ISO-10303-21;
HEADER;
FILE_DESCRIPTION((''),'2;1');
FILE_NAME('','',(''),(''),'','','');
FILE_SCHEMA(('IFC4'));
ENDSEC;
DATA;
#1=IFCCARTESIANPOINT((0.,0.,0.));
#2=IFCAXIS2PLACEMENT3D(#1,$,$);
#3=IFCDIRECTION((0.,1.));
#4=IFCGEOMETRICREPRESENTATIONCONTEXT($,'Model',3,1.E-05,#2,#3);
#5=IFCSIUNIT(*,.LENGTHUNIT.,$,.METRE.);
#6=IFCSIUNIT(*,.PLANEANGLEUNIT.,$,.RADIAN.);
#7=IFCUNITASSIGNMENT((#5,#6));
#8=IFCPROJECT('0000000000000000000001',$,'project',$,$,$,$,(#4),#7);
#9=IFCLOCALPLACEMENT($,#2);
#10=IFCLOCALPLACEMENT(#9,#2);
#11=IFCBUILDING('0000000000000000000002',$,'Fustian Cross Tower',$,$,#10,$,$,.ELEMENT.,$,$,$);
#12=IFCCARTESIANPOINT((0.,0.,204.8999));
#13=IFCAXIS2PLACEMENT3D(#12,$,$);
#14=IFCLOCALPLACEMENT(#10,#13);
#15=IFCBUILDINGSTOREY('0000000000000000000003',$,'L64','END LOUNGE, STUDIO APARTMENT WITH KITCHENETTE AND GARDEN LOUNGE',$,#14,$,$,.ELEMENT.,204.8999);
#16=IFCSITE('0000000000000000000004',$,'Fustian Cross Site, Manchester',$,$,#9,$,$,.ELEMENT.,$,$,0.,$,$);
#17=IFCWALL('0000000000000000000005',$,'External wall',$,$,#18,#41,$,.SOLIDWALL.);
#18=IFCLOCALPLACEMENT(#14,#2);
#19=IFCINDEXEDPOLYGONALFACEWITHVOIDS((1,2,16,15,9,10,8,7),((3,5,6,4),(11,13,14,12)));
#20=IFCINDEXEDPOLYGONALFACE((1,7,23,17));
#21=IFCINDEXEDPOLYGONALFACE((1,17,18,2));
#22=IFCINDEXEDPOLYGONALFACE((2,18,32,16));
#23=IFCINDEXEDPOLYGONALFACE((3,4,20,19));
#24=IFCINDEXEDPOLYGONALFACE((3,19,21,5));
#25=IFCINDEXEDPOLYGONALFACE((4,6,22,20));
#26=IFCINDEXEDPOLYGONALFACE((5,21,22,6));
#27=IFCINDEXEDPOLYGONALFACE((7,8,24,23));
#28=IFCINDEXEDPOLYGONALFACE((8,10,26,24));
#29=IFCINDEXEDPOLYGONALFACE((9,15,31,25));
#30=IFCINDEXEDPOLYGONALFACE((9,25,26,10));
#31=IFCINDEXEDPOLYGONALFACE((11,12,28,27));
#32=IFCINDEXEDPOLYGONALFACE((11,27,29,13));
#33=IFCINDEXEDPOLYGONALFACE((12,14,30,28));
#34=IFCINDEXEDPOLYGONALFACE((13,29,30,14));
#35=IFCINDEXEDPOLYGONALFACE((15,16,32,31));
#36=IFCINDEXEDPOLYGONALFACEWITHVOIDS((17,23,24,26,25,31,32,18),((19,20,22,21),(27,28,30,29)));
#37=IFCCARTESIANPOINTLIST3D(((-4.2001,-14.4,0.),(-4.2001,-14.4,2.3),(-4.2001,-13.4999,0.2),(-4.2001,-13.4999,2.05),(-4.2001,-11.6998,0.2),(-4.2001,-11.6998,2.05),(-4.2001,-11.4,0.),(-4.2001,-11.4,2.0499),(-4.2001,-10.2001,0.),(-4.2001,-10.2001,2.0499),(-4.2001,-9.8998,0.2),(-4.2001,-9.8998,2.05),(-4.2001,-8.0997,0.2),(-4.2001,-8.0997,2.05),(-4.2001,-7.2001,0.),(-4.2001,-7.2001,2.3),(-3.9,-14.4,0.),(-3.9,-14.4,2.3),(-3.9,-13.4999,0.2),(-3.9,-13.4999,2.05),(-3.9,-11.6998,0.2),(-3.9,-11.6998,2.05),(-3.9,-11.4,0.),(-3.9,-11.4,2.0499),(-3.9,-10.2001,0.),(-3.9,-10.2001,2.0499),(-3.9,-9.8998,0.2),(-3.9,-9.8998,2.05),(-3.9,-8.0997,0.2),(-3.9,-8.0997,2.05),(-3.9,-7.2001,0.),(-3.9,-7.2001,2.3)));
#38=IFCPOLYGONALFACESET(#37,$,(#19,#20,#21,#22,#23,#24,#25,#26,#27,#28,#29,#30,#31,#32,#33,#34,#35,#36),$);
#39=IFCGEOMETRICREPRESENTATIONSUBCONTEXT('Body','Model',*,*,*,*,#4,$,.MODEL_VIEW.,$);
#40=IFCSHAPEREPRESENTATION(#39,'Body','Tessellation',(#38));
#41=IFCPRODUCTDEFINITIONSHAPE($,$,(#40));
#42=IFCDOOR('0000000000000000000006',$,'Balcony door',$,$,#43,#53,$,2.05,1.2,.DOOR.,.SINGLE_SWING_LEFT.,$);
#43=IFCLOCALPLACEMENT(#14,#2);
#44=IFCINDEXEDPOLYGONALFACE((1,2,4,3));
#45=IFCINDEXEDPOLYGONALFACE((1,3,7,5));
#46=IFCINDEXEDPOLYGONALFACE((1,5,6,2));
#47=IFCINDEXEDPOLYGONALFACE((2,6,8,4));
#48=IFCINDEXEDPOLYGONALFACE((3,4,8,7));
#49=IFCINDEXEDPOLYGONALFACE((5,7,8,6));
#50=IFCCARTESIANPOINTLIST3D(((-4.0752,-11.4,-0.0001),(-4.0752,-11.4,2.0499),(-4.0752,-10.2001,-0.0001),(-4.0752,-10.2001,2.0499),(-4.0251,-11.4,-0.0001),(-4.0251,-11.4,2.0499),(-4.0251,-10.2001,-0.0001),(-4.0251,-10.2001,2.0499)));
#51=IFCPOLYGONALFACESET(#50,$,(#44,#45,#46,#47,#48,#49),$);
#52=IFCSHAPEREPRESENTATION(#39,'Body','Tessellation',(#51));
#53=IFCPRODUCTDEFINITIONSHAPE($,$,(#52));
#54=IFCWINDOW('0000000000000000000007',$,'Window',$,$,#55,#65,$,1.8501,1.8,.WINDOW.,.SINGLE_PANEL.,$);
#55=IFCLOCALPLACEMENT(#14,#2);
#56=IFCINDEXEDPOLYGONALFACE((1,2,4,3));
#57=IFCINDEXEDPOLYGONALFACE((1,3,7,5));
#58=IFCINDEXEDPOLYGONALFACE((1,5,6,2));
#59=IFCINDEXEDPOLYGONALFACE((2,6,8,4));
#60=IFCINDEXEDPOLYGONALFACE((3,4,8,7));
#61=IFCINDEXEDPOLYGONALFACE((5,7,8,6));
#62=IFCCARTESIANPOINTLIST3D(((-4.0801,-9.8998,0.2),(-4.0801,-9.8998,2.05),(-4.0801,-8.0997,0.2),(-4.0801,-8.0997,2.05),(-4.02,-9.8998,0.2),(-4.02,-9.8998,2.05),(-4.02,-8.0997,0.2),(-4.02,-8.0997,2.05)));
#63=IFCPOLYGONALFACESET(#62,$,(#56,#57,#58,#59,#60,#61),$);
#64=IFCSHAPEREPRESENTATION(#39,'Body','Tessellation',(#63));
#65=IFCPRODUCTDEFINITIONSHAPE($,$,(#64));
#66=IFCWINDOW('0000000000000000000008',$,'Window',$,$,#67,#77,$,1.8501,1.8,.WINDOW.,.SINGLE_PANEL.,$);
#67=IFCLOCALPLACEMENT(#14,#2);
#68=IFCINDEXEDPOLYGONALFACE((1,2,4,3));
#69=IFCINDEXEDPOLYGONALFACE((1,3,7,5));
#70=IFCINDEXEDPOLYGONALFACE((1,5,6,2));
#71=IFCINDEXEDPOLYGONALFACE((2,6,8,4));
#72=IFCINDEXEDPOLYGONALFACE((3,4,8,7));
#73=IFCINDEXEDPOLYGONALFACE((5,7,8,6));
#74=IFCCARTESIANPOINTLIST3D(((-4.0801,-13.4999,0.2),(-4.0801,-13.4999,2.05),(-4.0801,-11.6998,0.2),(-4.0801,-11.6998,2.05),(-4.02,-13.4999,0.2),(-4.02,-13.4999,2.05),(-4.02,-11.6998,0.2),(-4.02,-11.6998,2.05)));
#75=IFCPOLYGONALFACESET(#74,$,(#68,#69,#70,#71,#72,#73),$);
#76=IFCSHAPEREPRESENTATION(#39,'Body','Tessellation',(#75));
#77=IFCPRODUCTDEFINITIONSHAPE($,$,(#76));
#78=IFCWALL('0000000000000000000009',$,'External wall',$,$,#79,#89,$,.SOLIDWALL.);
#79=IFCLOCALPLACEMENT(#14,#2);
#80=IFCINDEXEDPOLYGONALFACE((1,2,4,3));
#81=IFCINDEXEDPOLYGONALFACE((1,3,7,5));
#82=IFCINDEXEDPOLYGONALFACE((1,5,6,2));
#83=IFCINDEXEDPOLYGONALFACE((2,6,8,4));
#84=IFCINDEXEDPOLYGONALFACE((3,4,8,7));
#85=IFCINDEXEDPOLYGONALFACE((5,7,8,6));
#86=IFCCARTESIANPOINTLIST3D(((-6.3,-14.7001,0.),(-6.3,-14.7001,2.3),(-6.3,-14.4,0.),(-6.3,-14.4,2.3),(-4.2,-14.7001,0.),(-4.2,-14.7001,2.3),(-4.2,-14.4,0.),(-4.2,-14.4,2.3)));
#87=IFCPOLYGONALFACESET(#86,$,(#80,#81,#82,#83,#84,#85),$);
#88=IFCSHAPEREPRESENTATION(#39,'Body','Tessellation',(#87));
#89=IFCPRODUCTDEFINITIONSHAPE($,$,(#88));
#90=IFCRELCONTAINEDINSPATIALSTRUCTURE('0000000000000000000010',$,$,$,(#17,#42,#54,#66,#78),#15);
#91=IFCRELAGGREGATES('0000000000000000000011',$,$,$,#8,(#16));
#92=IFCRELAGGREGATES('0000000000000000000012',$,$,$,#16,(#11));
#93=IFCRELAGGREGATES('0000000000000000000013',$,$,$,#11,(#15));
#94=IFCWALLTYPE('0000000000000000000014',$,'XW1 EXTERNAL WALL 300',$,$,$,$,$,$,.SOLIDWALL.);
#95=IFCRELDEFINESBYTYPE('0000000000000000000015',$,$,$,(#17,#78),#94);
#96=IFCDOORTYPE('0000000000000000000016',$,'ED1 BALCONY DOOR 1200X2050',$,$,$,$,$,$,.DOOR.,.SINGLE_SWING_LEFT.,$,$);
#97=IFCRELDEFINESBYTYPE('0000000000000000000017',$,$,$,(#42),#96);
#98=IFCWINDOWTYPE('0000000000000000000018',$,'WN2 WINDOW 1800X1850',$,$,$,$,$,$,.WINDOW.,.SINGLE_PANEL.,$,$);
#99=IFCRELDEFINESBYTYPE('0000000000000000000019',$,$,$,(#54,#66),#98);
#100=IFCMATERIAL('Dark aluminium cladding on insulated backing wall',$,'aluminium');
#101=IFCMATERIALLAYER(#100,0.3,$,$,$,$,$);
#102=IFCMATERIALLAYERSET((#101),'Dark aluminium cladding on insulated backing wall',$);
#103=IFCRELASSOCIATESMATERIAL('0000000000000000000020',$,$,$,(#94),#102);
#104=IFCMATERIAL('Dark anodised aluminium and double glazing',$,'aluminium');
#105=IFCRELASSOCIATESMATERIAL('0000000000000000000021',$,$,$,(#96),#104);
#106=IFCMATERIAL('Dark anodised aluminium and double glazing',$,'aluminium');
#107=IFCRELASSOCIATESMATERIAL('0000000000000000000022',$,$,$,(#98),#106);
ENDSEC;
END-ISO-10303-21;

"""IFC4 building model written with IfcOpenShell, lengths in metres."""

from ifc_helpers import new_model, si_unit, direction, frame, frame_2d, origin, place, context, subcontext, project, spatial, rectangle, extrude, material, layer, layer_set, type_object, element, fill, save


model = new_model("IFC4")

# Units and contexts
model_context = context("Model", 3, precision=1e-05, world=origin(), true_north=direction((0.0, 1.0)))
body_context = subcontext(model_context, "Body", "Model", "MODEL_VIEW")
ifc_project = project(units=[si_unit("LENGTHUNIT", "METRE"), si_unit("PLANEANGLEUNIT", "RADIAN")], contexts=[model_context])

# Site, building, storey
site_placement = place(None, origin())
site = spatial("IfcSite", under=ifc_project, at=site_placement, Name="Fustian Cross Site, Manchester", CompositionType="ELEMENT", RefElevation=0.0)
building_placement = place(site_placement, origin())
building = spatial("IfcBuilding", under=site, at=building_placement, Name="Fustian Cross Tower", CompositionType="ELEMENT")
storey_placement = place(building_placement, frame((0.0, 0.0, 204.8999)))
storey = spatial("IfcBuildingStorey", under=building, at=storey_placement, Name="L64", Description="END LOUNGE, STUDIO APARTMENT WITH KITCHENETTE AND GARDEN LOUNGE", CompositionType="ELEMENT", Elevation=204.8999)

# Wall, openings, door, windows
ifc_material_1 = material(Name="Dark aluminium cladding on insulated backing wall", Category="aluminium")
ifc_layer_1 = layer(ifc_material_1, 0.3)
ifc_layer_set_1 = layer_set([ifc_layer_1], Name="Dark aluminium cladding on insulated backing wall")
wall_type_1 = type_object("IfcWallType", Name="XW1 EXTERNAL WALL 300", PredefinedType="SOLIDWALL", material=ifc_layer_set_1)
wall_1_placement = place(storey_placement, frame((-4.05, -7.2, 0.0), z_axis=(0.0, 0.0, 1.0), x_axis=(0.0, -1.0, 0.0)))
wall_1 = element("IfcWall", 1, at=wall_1_placement, inside=storey, type_object=wall_type_1, Name="External wall", PredefinedType="SOLIDWALL", context=body_context, shape_type="SweptSolid", body=[
    extrude(rectangle(XDim=7.2, YDim=0.3, at=frame_2d((3.6001, 0.0))), origin(), (0.0, 0.0, 1.0), 2.3),
])
opening_1_placement = place(wall_1_placement, frame((3.0, 0.0, 0.0)))
opening_1 = element("IfcOpeningElement", 2, at=opening_1_placement, cuts=wall_1, PredefinedType="OPENING", context=body_context, shape_type="SweptSolid", body=[
    extrude(rectangle(XDim=1.2, YDim=2.05, at=frame_2d((0.6001, 1.0249))), frame((0.0, 0.1599, 0.0), z_axis=(0.0, -1.0, 0.0), x_axis=(1.0, 0.0, 0.0)), (0.0, 0.0, 1.0), 0.3201),
])
opening_2_placement = place(wall_1_placement, frame((0.8999, 0.0, 0.2)))
opening_2 = element("IfcOpeningElement", 3, at=opening_2_placement, cuts=wall_1, PredefinedType="OPENING", context=body_context, shape_type="SweptSolid", body=[
    extrude(rectangle(XDim=1.8, YDim=1.8501, at=frame_2d((0.8999, 0.925))), frame((0.0, 0.1599, 0.0), z_axis=(0.0, -1.0, 0.0), x_axis=(1.0, 0.0, 0.0)), (0.0, 0.0, 1.0), 0.3201),
])
opening_3_placement = place(wall_1_placement, frame((4.5, 0.0, 0.2)))
opening_3 = element("IfcOpeningElement", 4, at=opening_3_placement, cuts=wall_1, PredefinedType="OPENING", context=body_context, shape_type="SweptSolid", body=[
    extrude(rectangle(XDim=1.8, YDim=1.8501, at=frame_2d((0.8999, 0.925))), frame((0.0, 0.1599, 0.0), z_axis=(0.0, -1.0, 0.0), x_axis=(1.0, 0.0, 0.0)), (0.0, 0.0, 1.0), 0.3201),
])
ifc_material_2 = material(Name="Dark anodised aluminium and double glazing", Category="aluminium")
door_type = type_object("IfcDoorType", Name="ED1 BALCONY DOOR 1200X2050", OperationType="SINGLE_SWING_LEFT", PredefinedType="DOOR", material=ifc_material_2)
door_placement = place(opening_1_placement, origin())
door = element("IfcDoor", 5, at=door_placement, inside=storey, type_object=door_type, Name="Balcony door", OperationType="SINGLE_SWING_LEFT", OverallHeight=2.05, OverallWidth=1.2, PredefinedType="DOOR", context=body_context, shape_type="SweptSolid", body=[
    extrude(rectangle(XDim=1.2, YDim=2.05, at=frame_2d((0.6001, 1.0249))), frame((0.0, 0.0249, 0.0), z_axis=(0.0, -1.0, 0.0), x_axis=(1.0, 0.0, 0.0)), (0.0, 0.0, 1.0), 0.05),
])
fill(opening_1, door)
ifc_material_3 = material(Name="Dark anodised aluminium and double glazing", Category="aluminium")
window_type = type_object("IfcWindowType", Name="WN2 WINDOW 1800X1850", PartitioningType="SINGLE_PANEL", PredefinedType="WINDOW", material=ifc_material_3)
window_1_placement = place(opening_2_placement, origin())
window_1 = element("IfcWindow", 6, at=window_1_placement, inside=storey, type_object=window_type, Name="Window", OverallHeight=1.8501, OverallWidth=1.8, PartitioningType="SINGLE_PANEL", PredefinedType="WINDOW", context=body_context, shape_type="SweptSolid", body=[
    extrude(rectangle(XDim=1.8, YDim=1.8501, at=frame_2d((0.8999, 0.925))), frame((0.0, 0.03, 0.0), z_axis=(0.0, -1.0, 0.0), x_axis=(1.0, 0.0, 0.0)), (0.0, 0.0, 1.0), 0.0601),
])
fill(opening_2, window_1)
window_2_placement = place(opening_3_placement, origin())
window_2 = element("IfcWindow", 7, at=window_2_placement, inside=storey, type_object=window_type, Name="Window", OverallHeight=1.8501, OverallWidth=1.8, PartitioningType="SINGLE_PANEL", PredefinedType="WINDOW", context=body_context, shape_type="SweptSolid", body=[
    extrude(rectangle(XDim=1.8, YDim=1.8501, at=frame_2d((0.8999, 0.925))), frame((0.0, 0.03, 0.0), z_axis=(0.0, -1.0, 0.0), x_axis=(1.0, 0.0, 0.0)), (0.0, 0.0, 1.0), 0.0601),
])
fill(opening_3, window_2)

# Wall
wall_2_placement = place(storey_placement, frame((-4.2, -14.55, 0.0), z_axis=(0.0, 0.0, 1.0), x_axis=(-1.0, 0.0, 0.0)))
element("IfcWall", 8, at=wall_2_placement, inside=storey, type_object=wall_type_1, Name="External wall", PredefinedType="SOLIDWALL", context=body_context, shape_type="SweptSolid", body=[
    extrude(rectangle(XDim=2.1001, YDim=0.3, at=frame_2d((1.05, 0.0))), origin(), (0.0, 0.0, 1.0), 2.3),
])

save(model, "model.ifc")
